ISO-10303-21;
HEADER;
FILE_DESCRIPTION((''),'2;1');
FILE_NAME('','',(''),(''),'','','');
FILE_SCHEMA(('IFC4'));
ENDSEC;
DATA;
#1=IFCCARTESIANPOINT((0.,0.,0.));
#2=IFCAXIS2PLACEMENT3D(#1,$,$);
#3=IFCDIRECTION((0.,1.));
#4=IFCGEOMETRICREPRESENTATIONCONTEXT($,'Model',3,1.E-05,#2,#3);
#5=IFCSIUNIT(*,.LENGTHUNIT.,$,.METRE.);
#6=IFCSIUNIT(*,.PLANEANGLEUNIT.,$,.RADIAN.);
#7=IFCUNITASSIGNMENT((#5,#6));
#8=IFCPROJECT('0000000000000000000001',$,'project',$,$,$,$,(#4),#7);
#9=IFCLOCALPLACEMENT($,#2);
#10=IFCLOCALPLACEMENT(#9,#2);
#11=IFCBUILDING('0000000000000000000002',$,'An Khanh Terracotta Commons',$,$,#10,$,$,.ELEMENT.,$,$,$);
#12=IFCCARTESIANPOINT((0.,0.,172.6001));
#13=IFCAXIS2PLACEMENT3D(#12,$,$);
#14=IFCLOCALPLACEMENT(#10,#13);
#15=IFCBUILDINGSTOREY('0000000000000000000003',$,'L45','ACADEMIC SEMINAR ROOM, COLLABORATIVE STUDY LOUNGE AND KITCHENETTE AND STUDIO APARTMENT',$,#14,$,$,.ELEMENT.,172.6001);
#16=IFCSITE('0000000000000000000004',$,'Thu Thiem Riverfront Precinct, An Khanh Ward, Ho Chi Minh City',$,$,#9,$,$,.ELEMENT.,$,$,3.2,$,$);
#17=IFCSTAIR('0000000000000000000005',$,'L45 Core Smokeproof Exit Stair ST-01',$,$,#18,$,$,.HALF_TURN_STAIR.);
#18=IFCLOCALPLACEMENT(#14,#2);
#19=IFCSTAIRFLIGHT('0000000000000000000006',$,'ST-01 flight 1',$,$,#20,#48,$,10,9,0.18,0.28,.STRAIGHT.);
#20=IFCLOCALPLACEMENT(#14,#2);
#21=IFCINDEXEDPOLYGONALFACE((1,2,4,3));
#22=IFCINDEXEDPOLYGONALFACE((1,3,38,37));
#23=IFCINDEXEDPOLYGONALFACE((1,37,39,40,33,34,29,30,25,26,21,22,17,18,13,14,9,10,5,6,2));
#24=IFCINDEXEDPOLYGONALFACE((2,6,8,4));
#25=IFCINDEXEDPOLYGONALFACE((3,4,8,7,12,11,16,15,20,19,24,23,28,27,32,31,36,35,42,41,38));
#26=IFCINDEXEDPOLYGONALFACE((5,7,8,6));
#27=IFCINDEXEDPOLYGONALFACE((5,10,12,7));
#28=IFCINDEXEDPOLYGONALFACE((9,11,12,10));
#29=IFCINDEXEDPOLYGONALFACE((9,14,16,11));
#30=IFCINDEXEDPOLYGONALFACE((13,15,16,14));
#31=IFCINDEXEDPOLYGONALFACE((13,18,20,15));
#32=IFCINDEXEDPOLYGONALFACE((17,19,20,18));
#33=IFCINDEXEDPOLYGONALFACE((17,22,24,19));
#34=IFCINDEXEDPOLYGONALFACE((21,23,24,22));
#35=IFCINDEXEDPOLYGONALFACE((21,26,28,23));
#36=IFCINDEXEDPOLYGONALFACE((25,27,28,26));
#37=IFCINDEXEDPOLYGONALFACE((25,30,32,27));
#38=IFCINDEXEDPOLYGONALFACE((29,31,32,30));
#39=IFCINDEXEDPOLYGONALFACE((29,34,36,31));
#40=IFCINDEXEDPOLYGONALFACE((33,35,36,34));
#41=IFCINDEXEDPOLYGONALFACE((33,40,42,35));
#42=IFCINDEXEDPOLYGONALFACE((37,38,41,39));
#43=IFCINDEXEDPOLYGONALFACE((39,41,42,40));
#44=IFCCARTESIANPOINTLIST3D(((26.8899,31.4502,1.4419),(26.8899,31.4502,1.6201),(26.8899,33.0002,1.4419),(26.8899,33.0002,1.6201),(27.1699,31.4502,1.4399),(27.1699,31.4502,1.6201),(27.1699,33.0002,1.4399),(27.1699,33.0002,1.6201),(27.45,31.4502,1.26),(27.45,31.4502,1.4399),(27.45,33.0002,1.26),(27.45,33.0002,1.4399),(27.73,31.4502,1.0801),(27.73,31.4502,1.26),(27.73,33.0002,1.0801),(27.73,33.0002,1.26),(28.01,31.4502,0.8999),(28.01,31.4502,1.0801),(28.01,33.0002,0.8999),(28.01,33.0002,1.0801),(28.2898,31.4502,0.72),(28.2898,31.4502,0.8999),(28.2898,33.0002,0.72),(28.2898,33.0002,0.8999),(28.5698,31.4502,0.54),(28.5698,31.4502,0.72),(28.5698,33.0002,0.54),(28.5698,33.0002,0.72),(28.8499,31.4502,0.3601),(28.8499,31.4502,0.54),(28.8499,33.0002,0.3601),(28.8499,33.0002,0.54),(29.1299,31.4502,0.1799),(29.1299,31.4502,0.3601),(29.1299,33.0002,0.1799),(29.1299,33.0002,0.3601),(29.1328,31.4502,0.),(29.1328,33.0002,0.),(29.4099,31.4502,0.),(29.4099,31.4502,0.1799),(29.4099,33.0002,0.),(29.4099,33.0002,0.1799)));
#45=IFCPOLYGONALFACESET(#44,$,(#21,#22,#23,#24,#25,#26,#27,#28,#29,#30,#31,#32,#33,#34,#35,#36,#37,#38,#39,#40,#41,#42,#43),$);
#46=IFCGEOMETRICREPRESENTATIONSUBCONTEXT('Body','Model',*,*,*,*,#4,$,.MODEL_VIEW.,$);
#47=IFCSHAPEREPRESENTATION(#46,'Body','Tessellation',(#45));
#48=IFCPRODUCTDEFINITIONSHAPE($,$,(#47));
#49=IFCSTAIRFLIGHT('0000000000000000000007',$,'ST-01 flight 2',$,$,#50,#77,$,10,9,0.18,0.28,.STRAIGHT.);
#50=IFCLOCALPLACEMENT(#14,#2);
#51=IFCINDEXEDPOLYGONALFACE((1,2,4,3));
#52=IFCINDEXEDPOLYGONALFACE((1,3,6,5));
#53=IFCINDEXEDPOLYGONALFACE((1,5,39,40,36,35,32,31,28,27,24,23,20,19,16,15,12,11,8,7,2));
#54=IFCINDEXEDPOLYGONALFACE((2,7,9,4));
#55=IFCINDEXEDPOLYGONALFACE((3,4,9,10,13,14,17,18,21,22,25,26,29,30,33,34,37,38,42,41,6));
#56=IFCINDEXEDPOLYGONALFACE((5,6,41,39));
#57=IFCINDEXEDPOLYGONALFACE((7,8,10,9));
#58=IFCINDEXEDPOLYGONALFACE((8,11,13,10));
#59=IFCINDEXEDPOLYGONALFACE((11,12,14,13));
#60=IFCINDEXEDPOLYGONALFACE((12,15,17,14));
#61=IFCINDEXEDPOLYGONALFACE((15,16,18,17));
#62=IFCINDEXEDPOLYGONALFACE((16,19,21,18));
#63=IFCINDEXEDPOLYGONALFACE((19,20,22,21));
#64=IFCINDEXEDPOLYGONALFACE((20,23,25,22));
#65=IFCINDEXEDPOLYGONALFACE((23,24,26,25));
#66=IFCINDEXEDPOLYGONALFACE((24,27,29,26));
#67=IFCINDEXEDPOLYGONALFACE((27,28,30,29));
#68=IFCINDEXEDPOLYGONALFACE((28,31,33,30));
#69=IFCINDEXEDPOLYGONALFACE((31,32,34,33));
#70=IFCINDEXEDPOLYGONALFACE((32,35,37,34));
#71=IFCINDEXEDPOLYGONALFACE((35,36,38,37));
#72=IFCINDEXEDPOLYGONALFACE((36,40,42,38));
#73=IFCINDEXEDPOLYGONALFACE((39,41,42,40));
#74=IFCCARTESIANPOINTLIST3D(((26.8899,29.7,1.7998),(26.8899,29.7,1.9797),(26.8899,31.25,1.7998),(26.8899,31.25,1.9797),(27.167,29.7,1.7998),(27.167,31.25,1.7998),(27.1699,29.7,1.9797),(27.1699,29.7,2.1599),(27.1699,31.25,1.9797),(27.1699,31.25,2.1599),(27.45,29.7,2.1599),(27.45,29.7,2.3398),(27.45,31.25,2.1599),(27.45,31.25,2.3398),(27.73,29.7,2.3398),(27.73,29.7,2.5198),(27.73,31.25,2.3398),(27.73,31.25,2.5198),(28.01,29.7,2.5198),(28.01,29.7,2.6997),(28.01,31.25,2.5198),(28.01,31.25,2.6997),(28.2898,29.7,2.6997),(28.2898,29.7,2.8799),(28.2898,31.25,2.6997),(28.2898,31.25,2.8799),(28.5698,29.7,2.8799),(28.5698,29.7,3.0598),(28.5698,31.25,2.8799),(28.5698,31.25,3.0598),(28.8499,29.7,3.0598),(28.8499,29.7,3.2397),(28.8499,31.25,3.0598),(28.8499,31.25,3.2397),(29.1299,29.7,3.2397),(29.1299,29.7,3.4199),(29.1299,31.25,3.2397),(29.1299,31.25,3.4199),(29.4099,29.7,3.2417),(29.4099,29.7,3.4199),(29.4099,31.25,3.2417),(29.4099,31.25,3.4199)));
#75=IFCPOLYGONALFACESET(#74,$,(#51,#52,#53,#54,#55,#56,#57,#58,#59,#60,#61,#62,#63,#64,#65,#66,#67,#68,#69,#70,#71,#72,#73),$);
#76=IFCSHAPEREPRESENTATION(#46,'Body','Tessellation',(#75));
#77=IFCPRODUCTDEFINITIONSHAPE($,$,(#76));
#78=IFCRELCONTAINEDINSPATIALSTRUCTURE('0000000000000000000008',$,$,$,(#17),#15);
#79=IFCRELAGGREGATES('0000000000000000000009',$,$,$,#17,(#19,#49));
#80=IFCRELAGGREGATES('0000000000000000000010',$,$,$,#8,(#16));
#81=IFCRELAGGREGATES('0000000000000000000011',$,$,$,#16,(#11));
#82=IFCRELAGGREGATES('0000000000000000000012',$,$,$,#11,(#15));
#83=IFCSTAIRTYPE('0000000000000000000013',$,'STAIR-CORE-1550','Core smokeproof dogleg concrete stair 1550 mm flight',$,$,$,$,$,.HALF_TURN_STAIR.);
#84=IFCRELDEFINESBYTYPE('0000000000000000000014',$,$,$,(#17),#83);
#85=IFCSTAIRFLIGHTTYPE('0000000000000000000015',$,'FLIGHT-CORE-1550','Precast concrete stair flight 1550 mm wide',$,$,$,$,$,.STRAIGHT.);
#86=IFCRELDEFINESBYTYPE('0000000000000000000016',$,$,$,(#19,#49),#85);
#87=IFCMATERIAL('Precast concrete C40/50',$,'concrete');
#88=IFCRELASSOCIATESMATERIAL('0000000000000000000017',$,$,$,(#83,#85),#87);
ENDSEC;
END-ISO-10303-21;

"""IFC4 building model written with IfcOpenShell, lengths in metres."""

from ifc_helpers import new_model, si_unit, direction, frame, origin, place, context, subcontext, project, spatial, polyline, outline, extrude, material, type_object, element, aggregate, save


model = new_model("IFC4")

# Units and contexts
model_context = context("Model", 3, precision=1e-05, world=origin(), true_north=direction((0.0, 1.0)))
body_context = subcontext(model_context, "Body", "Model", "MODEL_VIEW")
ifc_project = project(units=[si_unit("LENGTHUNIT", "METRE"), si_unit("PLANEANGLEUNIT", "RADIAN")], contexts=[model_context])

# Site, building, storey
site_placement = place(None, origin())
site = spatial("IfcSite", under=ifc_project, at=site_placement, Name="Thu Thiem Riverfront Precinct, An Khanh Ward, Ho Chi Minh City", CompositionType="ELEMENT", RefElevation=3.2)
building_placement = place(site_placement, origin())
building = spatial("IfcBuilding", under=site, at=building_placement, Name="An Khanh Terracotta Commons", CompositionType="ELEMENT")
storey_placement = place(building_placement, frame((0.0, 0.0, 172.6001)))
storey = spatial("IfcBuildingStorey", under=building, at=storey_placement, Name="L45", Description="ACADEMIC SEMINAR ROOM, COLLABORATIVE STUDY LOUNGE AND KITCHENETTE AND STUDIO APARTMENT", CompositionType="ELEMENT", Elevation=172.6001)

# Stair, stair flights
ifc_material_1 = material(Name="Precast concrete C40/50", Category="concrete")
stair_type = type_object("IfcStairType", Name="STAIR-CORE-1550", Description="Core smokeproof dogleg concrete stair 1550 mm flight", PredefinedType="HALF_TURN_STAIR", material=ifc_material_1)
stair_placement = place(storey_placement, origin())
stair = element("IfcStair", 1, at=stair_placement, inside=storey, type_object=stair_type, Name="L45 Core Smokeproof Exit Stair ST-01", PredefinedType="HALF_TURN_STAIR")
stair_flight_type = type_object("IfcStairFlightType", Name="FLIGHT-CORE-1550", Description="Precast concrete stair flight 1550 mm wide", PredefinedType="STRAIGHT", material=ifc_material_1)
stair_flight_1_placement = place(storey_placement, frame((29.4099, 32.2251, 0.0), z_axis=(0.0, 0.0, 1.0), x_axis=(-1.0, 0.0, 0.0)))
stair_flight_1 = element("IfcStairFlight", 2, at=stair_flight_1_placement, type_object=stair_flight_type, Name="ST-01 flight 1", NumberOfRisers=10, NumberOfTreads=9, PredefinedType="STRAIGHT", RiserHeight=0.18, TreadLength=0.28, context=body_context, shape_type="SweptSolid", body=[
    extrude(outline(polyline([(0.0, 0.0), (0.0, 0.1799), (0.28, 0.1799), (0.28, 0.3601), (0.5601, 0.3601), (0.5601, 0.54), (0.8401, 0.54), (0.8401, 0.72), (1.1201, 0.72), (1.1201, 0.8999), (1.3999, 0.8999), (1.3999, 1.0801), (1.6799, 1.0801), (1.6799, 1.26), (1.96, 1.26), (1.96, 1.4399), (2.24, 1.4399), (2.24, 1.6201), (2.52, 1.6201), (2.52, 1.8), (2.52, 1.4419), (0.2771, 0.0), (0.0, 0.0)])), frame((0.0, 0.7749, 0.0), z_axis=(0.0, -1.0, 0.0), x_axis=(1.0, 0.0, 0.0)), (0.0, 0.0, 1.0), 1.55),
])
stair_flight_2_placement = place(storey_placement, frame((26.8899, 30.4751, 1.7998), z_axis=(0.0, 0.0, 1.0), x_axis=(1.0, 0.0, 0.0)))
stair_flight_2 = element("IfcStairFlight", 3, at=stair_flight_2_placement, type_object=stair_flight_type, Name="ST-01 flight 2", NumberOfRisers=10, NumberOfTreads=9, PredefinedType="STRAIGHT", RiserHeight=0.18, TreadLength=0.28, context=body_context, shape_type="SweptSolid", body=[
    extrude(outline(polyline([(0.0, 0.0), (0.0, 0.1799), (0.28, 0.1799), (0.28, 0.3601), (0.5601, 0.3601), (0.5601, 0.54), (0.8401, 0.54), (0.8401, 0.72), (1.1201, 0.72), (1.1201, 0.8999), (1.3999, 0.8999), (1.3999, 1.0801), (1.6799, 1.0801), (1.6799, 1.26), (1.96, 1.26), (1.96, 1.4399), (2.24, 1.4399), (2.24, 1.6201), (2.52, 1.6201), (2.52, 1.8), (2.52, 1.4419), (0.2771, 0.0), (0.0, 0.0)])), frame((0.0, 0.7749, 0.0), z_axis=(0.0, -1.0, 0.0), x_axis=(1.0, 0.0, 0.0)), (0.0, 0.0, 1.0), 1.55),
])
aggregate(stair, [stair_flight_1, stair_flight_2])

save(model, "model.ifc")
